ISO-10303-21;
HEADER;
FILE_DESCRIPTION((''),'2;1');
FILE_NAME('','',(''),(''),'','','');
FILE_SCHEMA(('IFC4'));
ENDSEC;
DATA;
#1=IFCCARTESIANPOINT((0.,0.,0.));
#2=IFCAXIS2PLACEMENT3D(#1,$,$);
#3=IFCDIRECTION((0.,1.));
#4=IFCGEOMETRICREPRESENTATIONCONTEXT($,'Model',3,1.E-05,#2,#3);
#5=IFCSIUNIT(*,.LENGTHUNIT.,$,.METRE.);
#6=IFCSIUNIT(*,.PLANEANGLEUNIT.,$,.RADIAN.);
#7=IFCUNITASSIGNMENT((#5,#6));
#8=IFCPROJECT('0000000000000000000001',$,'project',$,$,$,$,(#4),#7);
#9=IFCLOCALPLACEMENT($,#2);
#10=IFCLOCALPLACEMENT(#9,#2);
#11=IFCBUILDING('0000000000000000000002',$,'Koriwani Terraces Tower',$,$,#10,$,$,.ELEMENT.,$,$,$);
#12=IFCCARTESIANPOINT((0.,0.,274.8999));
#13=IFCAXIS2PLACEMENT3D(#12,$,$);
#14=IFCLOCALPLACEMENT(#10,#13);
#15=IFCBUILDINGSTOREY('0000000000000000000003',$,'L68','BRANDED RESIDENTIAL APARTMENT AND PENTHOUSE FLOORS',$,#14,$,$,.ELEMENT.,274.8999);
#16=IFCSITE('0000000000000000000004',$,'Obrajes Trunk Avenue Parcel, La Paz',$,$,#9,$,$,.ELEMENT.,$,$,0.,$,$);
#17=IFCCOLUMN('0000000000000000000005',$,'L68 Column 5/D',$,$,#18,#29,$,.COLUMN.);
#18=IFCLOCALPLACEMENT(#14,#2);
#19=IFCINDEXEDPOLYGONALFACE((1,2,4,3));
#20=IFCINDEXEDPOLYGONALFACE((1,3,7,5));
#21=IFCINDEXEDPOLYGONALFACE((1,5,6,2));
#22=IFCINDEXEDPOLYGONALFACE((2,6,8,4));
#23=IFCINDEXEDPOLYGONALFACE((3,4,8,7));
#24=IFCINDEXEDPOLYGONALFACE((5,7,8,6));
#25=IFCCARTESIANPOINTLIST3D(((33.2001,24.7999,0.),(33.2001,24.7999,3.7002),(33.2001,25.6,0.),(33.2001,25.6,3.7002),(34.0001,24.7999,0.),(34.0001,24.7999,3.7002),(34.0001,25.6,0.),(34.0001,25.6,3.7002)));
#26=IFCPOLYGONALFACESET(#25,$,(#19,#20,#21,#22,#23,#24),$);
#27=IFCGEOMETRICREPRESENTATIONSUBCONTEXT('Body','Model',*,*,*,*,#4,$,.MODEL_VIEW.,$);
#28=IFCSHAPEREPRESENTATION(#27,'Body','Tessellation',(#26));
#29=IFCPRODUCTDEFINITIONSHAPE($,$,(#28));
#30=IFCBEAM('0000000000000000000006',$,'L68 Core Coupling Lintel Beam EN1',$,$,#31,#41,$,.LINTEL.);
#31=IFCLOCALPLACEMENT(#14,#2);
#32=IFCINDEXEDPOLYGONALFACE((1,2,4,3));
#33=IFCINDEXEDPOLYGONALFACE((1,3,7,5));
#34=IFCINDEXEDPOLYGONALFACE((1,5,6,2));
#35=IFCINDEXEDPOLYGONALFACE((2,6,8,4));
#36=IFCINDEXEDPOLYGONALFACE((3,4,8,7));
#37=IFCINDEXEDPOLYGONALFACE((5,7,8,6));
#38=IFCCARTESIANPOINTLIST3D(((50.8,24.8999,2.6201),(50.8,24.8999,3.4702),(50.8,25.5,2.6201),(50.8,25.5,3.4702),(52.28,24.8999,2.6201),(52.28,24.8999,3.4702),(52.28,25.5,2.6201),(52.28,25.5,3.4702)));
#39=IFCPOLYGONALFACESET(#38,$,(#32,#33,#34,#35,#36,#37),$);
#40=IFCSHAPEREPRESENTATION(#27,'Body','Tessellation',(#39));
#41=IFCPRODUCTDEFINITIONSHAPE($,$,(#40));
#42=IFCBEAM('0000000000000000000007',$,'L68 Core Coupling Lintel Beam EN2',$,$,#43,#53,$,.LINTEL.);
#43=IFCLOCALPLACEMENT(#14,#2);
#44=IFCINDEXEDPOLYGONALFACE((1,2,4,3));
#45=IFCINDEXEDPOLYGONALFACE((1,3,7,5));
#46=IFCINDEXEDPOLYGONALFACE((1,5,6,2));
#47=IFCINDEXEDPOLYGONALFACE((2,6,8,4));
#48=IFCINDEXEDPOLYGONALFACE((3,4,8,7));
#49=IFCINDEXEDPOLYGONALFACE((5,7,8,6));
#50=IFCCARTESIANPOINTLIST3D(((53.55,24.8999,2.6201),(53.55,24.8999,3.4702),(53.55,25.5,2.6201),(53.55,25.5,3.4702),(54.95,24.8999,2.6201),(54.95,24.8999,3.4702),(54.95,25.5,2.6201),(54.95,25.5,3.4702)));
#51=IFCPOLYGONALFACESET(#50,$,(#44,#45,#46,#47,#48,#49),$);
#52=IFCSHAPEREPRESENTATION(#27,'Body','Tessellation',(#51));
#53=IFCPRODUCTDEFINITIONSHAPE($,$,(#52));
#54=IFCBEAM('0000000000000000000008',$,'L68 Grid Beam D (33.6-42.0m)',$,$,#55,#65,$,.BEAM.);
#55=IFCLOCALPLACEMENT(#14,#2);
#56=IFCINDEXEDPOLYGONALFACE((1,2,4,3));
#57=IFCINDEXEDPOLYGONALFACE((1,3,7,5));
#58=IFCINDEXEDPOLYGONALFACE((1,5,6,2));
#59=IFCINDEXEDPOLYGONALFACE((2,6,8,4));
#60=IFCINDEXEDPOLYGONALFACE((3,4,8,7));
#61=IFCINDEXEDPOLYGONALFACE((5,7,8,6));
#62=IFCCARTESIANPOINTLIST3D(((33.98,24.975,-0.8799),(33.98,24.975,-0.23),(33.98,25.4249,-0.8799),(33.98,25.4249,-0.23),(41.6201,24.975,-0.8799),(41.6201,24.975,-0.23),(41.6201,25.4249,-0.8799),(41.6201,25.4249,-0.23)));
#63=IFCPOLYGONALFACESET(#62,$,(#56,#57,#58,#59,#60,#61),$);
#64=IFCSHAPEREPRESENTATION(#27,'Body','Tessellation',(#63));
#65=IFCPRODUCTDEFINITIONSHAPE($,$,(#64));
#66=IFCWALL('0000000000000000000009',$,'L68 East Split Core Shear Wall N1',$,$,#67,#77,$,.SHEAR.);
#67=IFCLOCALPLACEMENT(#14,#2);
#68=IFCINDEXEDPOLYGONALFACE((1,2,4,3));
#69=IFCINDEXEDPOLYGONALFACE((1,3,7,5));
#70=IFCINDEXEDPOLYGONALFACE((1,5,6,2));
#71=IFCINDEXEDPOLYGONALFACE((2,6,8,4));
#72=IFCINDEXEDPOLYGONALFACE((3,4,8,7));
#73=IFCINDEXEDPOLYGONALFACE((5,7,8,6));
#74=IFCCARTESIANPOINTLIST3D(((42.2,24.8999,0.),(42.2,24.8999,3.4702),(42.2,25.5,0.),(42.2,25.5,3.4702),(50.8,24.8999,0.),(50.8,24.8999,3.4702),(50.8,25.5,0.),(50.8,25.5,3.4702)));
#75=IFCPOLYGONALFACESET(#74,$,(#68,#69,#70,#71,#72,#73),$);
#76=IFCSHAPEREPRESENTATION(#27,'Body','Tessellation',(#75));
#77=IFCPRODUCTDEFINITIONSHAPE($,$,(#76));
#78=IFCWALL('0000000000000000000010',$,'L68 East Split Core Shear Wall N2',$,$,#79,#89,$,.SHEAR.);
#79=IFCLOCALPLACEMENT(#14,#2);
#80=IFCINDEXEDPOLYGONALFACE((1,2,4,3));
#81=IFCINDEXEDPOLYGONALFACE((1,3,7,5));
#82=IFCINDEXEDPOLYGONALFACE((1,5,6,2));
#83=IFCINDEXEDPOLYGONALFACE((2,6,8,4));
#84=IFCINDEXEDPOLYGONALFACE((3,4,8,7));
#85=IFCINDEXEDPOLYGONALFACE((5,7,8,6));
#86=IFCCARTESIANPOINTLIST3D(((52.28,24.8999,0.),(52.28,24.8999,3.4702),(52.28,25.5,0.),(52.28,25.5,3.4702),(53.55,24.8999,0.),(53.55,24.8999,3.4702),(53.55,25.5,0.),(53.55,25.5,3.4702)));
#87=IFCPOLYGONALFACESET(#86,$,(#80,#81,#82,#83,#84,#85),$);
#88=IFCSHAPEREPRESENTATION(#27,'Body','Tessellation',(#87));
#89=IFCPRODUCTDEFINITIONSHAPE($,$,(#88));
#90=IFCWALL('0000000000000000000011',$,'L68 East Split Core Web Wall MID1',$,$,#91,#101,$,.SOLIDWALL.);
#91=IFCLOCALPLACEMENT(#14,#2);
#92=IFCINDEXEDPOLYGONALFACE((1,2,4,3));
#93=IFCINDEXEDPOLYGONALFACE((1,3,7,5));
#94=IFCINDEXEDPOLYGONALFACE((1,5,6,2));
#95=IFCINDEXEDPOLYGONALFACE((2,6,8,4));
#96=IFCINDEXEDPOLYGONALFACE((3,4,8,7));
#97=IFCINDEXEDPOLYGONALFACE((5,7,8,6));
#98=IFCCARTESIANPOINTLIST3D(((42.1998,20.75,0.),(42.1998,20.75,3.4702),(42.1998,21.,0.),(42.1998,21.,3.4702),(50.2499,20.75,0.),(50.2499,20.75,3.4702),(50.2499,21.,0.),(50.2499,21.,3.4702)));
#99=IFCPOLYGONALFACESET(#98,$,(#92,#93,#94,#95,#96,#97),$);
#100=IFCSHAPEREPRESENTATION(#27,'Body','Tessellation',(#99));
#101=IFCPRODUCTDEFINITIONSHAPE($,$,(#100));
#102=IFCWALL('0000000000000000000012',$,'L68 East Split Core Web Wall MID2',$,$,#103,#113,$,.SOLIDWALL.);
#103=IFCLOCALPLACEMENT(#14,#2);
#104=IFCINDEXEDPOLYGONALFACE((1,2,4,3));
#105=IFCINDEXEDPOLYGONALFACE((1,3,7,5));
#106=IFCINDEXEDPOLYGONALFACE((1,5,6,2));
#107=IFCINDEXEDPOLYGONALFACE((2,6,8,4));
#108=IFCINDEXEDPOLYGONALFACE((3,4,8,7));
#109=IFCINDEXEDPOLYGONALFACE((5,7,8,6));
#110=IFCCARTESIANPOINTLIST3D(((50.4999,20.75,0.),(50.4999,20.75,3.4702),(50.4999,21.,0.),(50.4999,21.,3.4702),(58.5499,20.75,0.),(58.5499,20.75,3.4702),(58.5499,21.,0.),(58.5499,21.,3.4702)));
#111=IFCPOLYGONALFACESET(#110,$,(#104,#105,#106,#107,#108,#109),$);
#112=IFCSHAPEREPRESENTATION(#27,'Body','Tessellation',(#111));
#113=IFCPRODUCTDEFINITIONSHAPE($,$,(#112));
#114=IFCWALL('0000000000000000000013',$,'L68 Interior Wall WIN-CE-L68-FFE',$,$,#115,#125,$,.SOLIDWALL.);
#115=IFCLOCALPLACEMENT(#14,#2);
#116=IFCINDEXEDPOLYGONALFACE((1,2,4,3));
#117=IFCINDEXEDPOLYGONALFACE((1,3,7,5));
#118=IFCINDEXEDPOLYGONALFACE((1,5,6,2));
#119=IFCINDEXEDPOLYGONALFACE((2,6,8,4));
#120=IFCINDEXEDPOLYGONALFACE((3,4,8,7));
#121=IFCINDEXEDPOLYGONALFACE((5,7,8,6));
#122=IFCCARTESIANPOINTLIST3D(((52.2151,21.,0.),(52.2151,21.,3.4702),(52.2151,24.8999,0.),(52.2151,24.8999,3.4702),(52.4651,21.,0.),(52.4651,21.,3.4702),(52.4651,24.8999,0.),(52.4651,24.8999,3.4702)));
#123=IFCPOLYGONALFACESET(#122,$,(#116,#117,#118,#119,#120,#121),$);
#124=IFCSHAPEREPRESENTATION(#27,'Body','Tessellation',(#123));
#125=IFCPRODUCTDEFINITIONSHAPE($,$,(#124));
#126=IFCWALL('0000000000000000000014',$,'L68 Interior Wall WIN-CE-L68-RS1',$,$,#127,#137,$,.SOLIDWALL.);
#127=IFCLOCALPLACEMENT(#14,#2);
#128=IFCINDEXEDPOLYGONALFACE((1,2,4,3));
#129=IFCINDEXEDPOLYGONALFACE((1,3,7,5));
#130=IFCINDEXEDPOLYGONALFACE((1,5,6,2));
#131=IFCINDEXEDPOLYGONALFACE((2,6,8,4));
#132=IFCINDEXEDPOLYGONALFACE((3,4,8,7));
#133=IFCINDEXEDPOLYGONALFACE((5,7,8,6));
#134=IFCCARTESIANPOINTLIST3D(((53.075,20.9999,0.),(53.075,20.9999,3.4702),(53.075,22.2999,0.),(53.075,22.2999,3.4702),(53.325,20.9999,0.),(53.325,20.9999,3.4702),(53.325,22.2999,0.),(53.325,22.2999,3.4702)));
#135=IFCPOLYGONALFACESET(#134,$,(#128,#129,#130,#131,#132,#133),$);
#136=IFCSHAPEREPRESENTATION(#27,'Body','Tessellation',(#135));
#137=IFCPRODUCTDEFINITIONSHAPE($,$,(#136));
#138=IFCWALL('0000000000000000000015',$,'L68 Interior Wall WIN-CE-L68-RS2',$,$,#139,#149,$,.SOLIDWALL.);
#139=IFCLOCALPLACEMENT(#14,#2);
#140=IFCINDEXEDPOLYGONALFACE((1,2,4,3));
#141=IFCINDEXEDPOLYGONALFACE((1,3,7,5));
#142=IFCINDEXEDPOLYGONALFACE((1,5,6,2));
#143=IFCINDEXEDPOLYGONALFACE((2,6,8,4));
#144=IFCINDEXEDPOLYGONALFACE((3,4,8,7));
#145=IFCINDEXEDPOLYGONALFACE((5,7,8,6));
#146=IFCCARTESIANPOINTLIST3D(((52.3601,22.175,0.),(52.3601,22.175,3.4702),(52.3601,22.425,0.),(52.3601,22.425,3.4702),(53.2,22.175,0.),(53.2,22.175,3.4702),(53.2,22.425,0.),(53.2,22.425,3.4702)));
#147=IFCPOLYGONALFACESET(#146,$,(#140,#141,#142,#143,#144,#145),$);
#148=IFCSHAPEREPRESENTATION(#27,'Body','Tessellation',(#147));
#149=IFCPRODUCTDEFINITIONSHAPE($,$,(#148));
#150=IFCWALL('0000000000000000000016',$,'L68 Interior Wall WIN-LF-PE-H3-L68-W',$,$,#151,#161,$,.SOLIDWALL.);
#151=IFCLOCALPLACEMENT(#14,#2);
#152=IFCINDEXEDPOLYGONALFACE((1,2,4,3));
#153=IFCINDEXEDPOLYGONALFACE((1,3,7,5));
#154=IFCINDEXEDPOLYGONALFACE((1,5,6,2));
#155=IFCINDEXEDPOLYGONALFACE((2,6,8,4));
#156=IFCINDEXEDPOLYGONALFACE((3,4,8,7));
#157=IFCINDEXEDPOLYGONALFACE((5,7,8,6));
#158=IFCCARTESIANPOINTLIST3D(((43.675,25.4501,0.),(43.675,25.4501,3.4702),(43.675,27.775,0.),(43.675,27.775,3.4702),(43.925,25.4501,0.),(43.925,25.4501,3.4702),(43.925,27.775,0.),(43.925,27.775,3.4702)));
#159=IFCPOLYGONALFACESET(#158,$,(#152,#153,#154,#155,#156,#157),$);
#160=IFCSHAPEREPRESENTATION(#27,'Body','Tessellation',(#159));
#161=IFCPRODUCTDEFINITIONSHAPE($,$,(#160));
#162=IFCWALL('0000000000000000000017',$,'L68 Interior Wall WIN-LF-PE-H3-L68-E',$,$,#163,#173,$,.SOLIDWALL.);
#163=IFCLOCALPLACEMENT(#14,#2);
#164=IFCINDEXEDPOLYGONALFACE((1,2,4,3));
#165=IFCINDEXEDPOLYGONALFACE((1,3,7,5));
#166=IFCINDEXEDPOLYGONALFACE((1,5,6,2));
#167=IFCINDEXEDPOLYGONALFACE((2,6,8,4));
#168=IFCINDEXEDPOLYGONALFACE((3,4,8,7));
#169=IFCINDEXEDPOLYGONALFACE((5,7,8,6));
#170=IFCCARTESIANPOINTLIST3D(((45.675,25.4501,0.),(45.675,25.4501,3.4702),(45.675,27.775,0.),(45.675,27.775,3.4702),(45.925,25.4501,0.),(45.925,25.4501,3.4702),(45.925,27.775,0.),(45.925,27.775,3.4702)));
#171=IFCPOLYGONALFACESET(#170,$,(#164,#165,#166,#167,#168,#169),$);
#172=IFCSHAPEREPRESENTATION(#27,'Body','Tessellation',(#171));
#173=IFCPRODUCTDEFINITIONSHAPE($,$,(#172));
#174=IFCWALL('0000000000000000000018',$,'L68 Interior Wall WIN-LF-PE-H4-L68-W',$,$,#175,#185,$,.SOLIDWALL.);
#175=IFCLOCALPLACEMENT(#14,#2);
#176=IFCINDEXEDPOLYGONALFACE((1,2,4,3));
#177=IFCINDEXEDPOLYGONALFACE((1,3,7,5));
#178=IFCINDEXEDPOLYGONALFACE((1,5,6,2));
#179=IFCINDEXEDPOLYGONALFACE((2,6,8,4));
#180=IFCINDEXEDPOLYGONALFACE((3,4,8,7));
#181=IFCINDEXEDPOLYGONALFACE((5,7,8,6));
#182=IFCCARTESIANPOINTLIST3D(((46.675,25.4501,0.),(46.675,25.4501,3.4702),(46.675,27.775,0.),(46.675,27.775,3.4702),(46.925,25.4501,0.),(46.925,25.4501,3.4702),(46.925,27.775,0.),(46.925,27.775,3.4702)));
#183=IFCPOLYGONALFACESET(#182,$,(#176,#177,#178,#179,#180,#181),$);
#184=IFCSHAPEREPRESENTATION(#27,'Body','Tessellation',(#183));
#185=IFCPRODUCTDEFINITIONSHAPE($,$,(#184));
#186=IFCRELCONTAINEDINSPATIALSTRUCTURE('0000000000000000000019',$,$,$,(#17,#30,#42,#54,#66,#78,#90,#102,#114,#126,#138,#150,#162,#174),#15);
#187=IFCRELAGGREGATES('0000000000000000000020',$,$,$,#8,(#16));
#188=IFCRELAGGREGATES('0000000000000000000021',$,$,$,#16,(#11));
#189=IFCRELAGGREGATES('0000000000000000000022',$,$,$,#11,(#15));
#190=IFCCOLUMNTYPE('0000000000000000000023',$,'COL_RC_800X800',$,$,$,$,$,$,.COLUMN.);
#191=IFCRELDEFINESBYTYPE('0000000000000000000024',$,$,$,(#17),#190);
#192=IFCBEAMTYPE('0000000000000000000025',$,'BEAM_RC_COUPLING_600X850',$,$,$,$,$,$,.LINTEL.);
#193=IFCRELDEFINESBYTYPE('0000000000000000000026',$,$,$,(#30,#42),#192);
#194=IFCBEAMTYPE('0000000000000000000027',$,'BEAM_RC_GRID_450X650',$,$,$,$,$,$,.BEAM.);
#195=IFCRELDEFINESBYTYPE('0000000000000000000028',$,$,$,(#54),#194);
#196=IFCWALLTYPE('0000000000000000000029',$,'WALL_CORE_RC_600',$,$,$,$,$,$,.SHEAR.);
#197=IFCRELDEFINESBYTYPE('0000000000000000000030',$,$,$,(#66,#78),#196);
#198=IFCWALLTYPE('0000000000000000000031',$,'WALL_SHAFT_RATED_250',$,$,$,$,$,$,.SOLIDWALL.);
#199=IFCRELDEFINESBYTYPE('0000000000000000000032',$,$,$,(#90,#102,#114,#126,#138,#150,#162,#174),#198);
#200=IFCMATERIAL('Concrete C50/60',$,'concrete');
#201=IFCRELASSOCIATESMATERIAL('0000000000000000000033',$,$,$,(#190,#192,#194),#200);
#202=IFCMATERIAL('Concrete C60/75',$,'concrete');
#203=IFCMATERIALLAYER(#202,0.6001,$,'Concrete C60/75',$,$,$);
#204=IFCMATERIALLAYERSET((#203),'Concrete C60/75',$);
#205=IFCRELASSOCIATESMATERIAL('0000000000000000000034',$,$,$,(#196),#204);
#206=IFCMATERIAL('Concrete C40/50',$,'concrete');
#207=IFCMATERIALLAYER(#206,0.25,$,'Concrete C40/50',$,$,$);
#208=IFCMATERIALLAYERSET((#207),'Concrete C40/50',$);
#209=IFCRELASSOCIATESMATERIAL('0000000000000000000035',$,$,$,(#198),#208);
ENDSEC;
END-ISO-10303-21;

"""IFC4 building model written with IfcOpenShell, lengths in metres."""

from ifc_helpers import new_model, si_unit, direction, frame, frame_2d, origin, origin_2d, place, context, subcontext, project, spatial, rectangle, extrude, material, layer, layer_set, material_profile, profile_set, type_object, element, save


model = new_model("IFC4")

# Units and contexts
model_context = context("Model", 3, precision=1e-05, world=origin(), true_north=direction((0.0, 1.0)))
body_context = subcontext(model_context, "Body", "Model", "MODEL_VIEW")
ifc_project = project(units=[si_unit("LENGTHUNIT", "METRE"), si_unit("PLANEANGLEUNIT", "RADIAN")], contexts=[model_context])

# Site, building, storey
site_placement = place(None, origin())
site = spatial("IfcSite", under=ifc_project, at=site_placement, Name="Obrajes Trunk Avenue Parcel, La Paz", CompositionType="ELEMENT", RefElevation=0.0)
building_placement = place(site_placement, origin())
building = spatial("IfcBuilding", under=site, at=building_placement, Name="Koriwani Terraces Tower", CompositionType="ELEMENT")
storey_placement = place(building_placement, frame((0.0, 0.0, 274.8999)))
storey = spatial("IfcBuildingStorey", under=building, at=storey_placement, Name="L68", Description="BRANDED RESIDENTIAL APARTMENT AND PENTHOUSE FLOORS", CompositionType="ELEMENT", Elevation=274.8999)

# Column
ifc_material_1 = material(Name="Concrete C50/60", Category="concrete")
ifc_material_profile_1 = material_profile(ifc_material_1, rectangle(XDim=0.8, YDim=0.8, at=origin_2d()), Name="Concrete C50/60", Category="LoadBearing")
ifc_profile_set_1 = profile_set([ifc_material_profile_1], Name="Concrete C50/60")
column_type = type_object("IfcColumnType", Name="COL_RC_800X800", PredefinedType="COLUMN", material=ifc_profile_set_1)
column_placement = place(storey_placement, frame((33.6001, 25.2, 0.0), z_axis=(0.0, 0.0, 1.0), x_axis=(1.0, 0.0, 0.0)))
element("IfcColumn", 1, at=column_placement, inside=storey, type_object=column_type, Name="L68 Column 5/D", PredefinedType="COLUMN", context=body_context, shape_type="SweptSolid", body=[
    extrude(rectangle(XDim=0.8, YDim=0.8, at=origin_2d()), origin(), (0.0, 0.0, 1.0), 3.7002),
])

# Beams
ifc_material_profile_2 = material_profile(ifc_material_1, rectangle(XDim=0.6001, YDim=0.8501, at=origin_2d()), Name="Concrete C50/60", Category="LoadBearing")
ifc_profile_set_2 = profile_set([ifc_material_profile_2], Name="Concrete C50/60")
beam_type_1 = type_object("IfcBeamType", Name="BEAM_RC_COUPLING_600X850", PredefinedType="LINTEL", material=ifc_profile_set_2)
beam_1_placement = place(storey_placement, frame((50.8, 25.2, 3.0452), z_axis=(1.0, 0.0, 0.0), x_axis=(0.0, 1.0, 0.0)))
element("IfcBeam", 2, at=beam_1_placement, inside=storey, type_object=beam_type_1, Name="L68 Core Coupling Lintel Beam EN1", PredefinedType="LINTEL", context=body_context, shape_type="SweptSolid", body=[
    extrude(rectangle(XDim=0.6001, YDim=0.8501, at=origin_2d()), origin(), (0.0, 0.0, 1.0), 1.48),
])
beam_2_placement = place(storey_placement, frame((53.55, 25.2, 3.0452), z_axis=(1.0, 0.0, 0.0), x_axis=(0.0, 1.0, 0.0)))
element("IfcBeam", 3, at=beam_2_placement, inside=storey, type_object=beam_type_1, Name="L68 Core Coupling Lintel Beam EN2", PredefinedType="LINTEL", context=body_context, shape_type="SweptSolid", body=[
    extrude(rectangle(XDim=0.6001, YDim=0.8501, at=origin_2d()), origin(), (0.0, 0.0, 1.0), 1.3999),
])
ifc_material_profile_3 = material_profile(ifc_material_1, rectangle(XDim=0.45, YDim=0.6499, at=origin_2d()), Name="Concrete C50/60", Category="LoadBearing")
ifc_profile_set_3 = profile_set([ifc_material_profile_3], Name="Concrete C50/60")
beam_type_2 = type_object("IfcBeamType", Name="BEAM_RC_GRID_450X650", PredefinedType="BEAM", material=ifc_profile_set_3)
beam_3_placement = place(storey_placement, frame((33.98, 25.2, -0.5549), z_axis=(1.0, 0.0, 0.0), x_axis=(0.0, 1.0, 0.0)))
element("IfcBeam", 4, at=beam_3_placement, inside=storey, type_object=beam_type_2, Name="L68 Grid Beam D (33.6-42.0m)", PredefinedType="BEAM", context=body_context, shape_type="SweptSolid", body=[
    extrude(rectangle(XDim=0.45, YDim=0.6499, at=origin_2d()), origin(), (0.0, 0.0, 1.0), 7.6401),
])

# Walls
ifc_material_2 = material(Name="Concrete C60/75", Category="concrete")
ifc_layer_1 = layer(ifc_material_2, 0.6001, Name="Concrete C60/75")
ifc_layer_set_1 = layer_set([ifc_layer_1], Name="Concrete C60/75")
wall_type_1 = type_object("IfcWallType", Name="WALL_CORE_RC_600", PredefinedType="SHEAR", material=ifc_layer_set_1)
wall_1_placement = place(storey_placement, frame((42.2, 25.2, 0.0), z_axis=(0.0, 0.0, 1.0), x_axis=(1.0, 0.0, 0.0)))
element("IfcWall", 5, at=wall_1_placement, inside=storey, type_object=wall_type_1, Name="L68 East Split Core Shear Wall N1", PredefinedType="SHEAR", context=body_context, shape_type="SweptSolid", body=[
    extrude(rectangle(XDim=8.6001, YDim=0.6001, at=frame_2d((4.3, 0.0))), origin(), (0.0, 0.0, 1.0), 3.4702),
])
wall_2_placement = place(storey_placement, frame((52.28, 25.2, 0.0), z_axis=(0.0, 0.0, 1.0), x_axis=(1.0, 0.0, 0.0)))
element("IfcWall", 6, at=wall_2_placement, inside=storey, type_object=wall_type_1, Name="L68 East Split Core Shear Wall N2", PredefinedType="SHEAR", context=body_context, shape_type="SweptSolid", body=[
    extrude(rectangle(XDim=1.27, YDim=0.6001, at=frame_2d((0.635, 0.0))), origin(), (0.0, 0.0, 1.0), 3.4702),
])
ifc_material_3 = material(Name="Concrete C40/50", Category="concrete")
ifc_layer_2 = layer(ifc_material_3, 0.25, Name="Concrete C40/50")
ifc_layer_set_2 = layer_set([ifc_layer_2], Name="Concrete C40/50")
wall_type_2 = type_object("IfcWallType", Name="WALL_SHAFT_RATED_250", PredefinedType="SOLIDWALL", material=ifc_layer_set_2)
for number, where, z_axis, x_axis, name in (
    (7, (42.2, 20.875, 0.0), (0.0, 0.0, 1.0), (1.0, 0.0, 0.0), "L68 East Split Core Web Wall MID1"),
    (8, (50.5, 20.875, 0.0), (0.0, 0.0, 1.0), (1.0, 0.0, 0.0), "L68 East Split Core Web Wall MID2"),
):
    element("IfcWall", number, at=place(storey_placement, frame(where, z_axis=z_axis, x_axis=x_axis)), inside=storey, type_object=wall_type_2, Name=name, PredefinedType="SOLIDWALL", context=body_context, shape_type="SweptSolid", body=[
        extrude(rectangle(XDim=8.05, YDim=0.25, at=frame_2d((4.0249, 0.0))), origin(), (0.0, 0.0, 1.0), 3.4702),
    ])

# Wall
wall_3_placement = place(storey_placement, frame((52.3401, 21.0, 0.0), z_axis=(0.0, 0.0, 1.0), x_axis=(0.0, 1.0, 0.0)))
element("IfcWall", 9, at=wall_3_placement, inside=storey, type_object=wall_type_2, Name="L68 Interior Wall WIN-CE-L68-FFE", PredefinedType="SOLIDWALL", context=body_context, shape_type="SweptSolid", body=[
    extrude(rectangle(XDim=3.8999, YDim=0.25, at=frame_2d((1.95, 0.0))), origin(), (0.0, 0.0, 1.0), 3.4702),
])

# Walls
wall_4_placement = place(storey_placement, frame((53.2, 21.0, 0.0), z_axis=(0.0, 0.0, 1.0), x_axis=(0.0, 1.0, 0.0)))
element("IfcWall", 10, at=wall_4_placement, inside=storey, type_object=wall_type_2, Name="L68 Interior Wall WIN-CE-L68-RS1", PredefinedType="SOLIDWALL", context=body_context, shape_type="SweptSolid", body=[
    extrude(rectangle(XDim=1.3, YDim=0.25, at=frame_2d((0.6499, 0.0))), origin(), (0.0, 0.0, 1.0), 3.4702),
])
wall_5_placement = place(storey_placement, frame((52.3601, 22.3, 0.0), z_axis=(0.0, 0.0, 1.0), x_axis=(1.0, 0.0, 0.0)))
element("IfcWall", 11, at=wall_5_placement, inside=storey, type_object=wall_type_2, Name="L68 Interior Wall WIN-CE-L68-RS2", PredefinedType="SOLIDWALL", context=body_context, shape_type="SweptSolid", body=[
    extrude(rectangle(XDim=0.8398, YDim=0.25, at=frame_2d((0.4199, 0.0))), origin(), (0.0, 0.0, 1.0), 3.4702),
])
for number, where, z_axis, x_axis, name in (
    (12, (43.8, 25.45, 0.0), (0.0, 0.0, 1.0), (0.0, 1.0, 0.0), "L68 Interior Wall WIN-LF-PE-H3-L68-W"),
    (13, (45.8, 25.45, 0.0), (0.0, 0.0, 1.0), (0.0, 1.0, 0.0), "L68 Interior Wall WIN-LF-PE-H3-L68-E"),
    (14, (46.8, 25.45, 0.0), (0.0, 0.0, 1.0), (0.0, 1.0, 0.0), "L68 Interior Wall WIN-LF-PE-H4-L68-W"),
):
    element("IfcWall", number, at=place(storey_placement, frame(where, z_axis=z_axis, x_axis=x_axis)), inside=storey, type_object=wall_type_2, Name=name, PredefinedType="SOLIDWALL", context=body_context, shape_type="SweptSolid", body=[
        extrude(rectangle(XDim=2.325, YDim=0.25, at=frame_2d((1.1626, 0.0))), origin(), (0.0, 0.0, 1.0), 3.4702),
    ])

save(model, "model.ifc")
